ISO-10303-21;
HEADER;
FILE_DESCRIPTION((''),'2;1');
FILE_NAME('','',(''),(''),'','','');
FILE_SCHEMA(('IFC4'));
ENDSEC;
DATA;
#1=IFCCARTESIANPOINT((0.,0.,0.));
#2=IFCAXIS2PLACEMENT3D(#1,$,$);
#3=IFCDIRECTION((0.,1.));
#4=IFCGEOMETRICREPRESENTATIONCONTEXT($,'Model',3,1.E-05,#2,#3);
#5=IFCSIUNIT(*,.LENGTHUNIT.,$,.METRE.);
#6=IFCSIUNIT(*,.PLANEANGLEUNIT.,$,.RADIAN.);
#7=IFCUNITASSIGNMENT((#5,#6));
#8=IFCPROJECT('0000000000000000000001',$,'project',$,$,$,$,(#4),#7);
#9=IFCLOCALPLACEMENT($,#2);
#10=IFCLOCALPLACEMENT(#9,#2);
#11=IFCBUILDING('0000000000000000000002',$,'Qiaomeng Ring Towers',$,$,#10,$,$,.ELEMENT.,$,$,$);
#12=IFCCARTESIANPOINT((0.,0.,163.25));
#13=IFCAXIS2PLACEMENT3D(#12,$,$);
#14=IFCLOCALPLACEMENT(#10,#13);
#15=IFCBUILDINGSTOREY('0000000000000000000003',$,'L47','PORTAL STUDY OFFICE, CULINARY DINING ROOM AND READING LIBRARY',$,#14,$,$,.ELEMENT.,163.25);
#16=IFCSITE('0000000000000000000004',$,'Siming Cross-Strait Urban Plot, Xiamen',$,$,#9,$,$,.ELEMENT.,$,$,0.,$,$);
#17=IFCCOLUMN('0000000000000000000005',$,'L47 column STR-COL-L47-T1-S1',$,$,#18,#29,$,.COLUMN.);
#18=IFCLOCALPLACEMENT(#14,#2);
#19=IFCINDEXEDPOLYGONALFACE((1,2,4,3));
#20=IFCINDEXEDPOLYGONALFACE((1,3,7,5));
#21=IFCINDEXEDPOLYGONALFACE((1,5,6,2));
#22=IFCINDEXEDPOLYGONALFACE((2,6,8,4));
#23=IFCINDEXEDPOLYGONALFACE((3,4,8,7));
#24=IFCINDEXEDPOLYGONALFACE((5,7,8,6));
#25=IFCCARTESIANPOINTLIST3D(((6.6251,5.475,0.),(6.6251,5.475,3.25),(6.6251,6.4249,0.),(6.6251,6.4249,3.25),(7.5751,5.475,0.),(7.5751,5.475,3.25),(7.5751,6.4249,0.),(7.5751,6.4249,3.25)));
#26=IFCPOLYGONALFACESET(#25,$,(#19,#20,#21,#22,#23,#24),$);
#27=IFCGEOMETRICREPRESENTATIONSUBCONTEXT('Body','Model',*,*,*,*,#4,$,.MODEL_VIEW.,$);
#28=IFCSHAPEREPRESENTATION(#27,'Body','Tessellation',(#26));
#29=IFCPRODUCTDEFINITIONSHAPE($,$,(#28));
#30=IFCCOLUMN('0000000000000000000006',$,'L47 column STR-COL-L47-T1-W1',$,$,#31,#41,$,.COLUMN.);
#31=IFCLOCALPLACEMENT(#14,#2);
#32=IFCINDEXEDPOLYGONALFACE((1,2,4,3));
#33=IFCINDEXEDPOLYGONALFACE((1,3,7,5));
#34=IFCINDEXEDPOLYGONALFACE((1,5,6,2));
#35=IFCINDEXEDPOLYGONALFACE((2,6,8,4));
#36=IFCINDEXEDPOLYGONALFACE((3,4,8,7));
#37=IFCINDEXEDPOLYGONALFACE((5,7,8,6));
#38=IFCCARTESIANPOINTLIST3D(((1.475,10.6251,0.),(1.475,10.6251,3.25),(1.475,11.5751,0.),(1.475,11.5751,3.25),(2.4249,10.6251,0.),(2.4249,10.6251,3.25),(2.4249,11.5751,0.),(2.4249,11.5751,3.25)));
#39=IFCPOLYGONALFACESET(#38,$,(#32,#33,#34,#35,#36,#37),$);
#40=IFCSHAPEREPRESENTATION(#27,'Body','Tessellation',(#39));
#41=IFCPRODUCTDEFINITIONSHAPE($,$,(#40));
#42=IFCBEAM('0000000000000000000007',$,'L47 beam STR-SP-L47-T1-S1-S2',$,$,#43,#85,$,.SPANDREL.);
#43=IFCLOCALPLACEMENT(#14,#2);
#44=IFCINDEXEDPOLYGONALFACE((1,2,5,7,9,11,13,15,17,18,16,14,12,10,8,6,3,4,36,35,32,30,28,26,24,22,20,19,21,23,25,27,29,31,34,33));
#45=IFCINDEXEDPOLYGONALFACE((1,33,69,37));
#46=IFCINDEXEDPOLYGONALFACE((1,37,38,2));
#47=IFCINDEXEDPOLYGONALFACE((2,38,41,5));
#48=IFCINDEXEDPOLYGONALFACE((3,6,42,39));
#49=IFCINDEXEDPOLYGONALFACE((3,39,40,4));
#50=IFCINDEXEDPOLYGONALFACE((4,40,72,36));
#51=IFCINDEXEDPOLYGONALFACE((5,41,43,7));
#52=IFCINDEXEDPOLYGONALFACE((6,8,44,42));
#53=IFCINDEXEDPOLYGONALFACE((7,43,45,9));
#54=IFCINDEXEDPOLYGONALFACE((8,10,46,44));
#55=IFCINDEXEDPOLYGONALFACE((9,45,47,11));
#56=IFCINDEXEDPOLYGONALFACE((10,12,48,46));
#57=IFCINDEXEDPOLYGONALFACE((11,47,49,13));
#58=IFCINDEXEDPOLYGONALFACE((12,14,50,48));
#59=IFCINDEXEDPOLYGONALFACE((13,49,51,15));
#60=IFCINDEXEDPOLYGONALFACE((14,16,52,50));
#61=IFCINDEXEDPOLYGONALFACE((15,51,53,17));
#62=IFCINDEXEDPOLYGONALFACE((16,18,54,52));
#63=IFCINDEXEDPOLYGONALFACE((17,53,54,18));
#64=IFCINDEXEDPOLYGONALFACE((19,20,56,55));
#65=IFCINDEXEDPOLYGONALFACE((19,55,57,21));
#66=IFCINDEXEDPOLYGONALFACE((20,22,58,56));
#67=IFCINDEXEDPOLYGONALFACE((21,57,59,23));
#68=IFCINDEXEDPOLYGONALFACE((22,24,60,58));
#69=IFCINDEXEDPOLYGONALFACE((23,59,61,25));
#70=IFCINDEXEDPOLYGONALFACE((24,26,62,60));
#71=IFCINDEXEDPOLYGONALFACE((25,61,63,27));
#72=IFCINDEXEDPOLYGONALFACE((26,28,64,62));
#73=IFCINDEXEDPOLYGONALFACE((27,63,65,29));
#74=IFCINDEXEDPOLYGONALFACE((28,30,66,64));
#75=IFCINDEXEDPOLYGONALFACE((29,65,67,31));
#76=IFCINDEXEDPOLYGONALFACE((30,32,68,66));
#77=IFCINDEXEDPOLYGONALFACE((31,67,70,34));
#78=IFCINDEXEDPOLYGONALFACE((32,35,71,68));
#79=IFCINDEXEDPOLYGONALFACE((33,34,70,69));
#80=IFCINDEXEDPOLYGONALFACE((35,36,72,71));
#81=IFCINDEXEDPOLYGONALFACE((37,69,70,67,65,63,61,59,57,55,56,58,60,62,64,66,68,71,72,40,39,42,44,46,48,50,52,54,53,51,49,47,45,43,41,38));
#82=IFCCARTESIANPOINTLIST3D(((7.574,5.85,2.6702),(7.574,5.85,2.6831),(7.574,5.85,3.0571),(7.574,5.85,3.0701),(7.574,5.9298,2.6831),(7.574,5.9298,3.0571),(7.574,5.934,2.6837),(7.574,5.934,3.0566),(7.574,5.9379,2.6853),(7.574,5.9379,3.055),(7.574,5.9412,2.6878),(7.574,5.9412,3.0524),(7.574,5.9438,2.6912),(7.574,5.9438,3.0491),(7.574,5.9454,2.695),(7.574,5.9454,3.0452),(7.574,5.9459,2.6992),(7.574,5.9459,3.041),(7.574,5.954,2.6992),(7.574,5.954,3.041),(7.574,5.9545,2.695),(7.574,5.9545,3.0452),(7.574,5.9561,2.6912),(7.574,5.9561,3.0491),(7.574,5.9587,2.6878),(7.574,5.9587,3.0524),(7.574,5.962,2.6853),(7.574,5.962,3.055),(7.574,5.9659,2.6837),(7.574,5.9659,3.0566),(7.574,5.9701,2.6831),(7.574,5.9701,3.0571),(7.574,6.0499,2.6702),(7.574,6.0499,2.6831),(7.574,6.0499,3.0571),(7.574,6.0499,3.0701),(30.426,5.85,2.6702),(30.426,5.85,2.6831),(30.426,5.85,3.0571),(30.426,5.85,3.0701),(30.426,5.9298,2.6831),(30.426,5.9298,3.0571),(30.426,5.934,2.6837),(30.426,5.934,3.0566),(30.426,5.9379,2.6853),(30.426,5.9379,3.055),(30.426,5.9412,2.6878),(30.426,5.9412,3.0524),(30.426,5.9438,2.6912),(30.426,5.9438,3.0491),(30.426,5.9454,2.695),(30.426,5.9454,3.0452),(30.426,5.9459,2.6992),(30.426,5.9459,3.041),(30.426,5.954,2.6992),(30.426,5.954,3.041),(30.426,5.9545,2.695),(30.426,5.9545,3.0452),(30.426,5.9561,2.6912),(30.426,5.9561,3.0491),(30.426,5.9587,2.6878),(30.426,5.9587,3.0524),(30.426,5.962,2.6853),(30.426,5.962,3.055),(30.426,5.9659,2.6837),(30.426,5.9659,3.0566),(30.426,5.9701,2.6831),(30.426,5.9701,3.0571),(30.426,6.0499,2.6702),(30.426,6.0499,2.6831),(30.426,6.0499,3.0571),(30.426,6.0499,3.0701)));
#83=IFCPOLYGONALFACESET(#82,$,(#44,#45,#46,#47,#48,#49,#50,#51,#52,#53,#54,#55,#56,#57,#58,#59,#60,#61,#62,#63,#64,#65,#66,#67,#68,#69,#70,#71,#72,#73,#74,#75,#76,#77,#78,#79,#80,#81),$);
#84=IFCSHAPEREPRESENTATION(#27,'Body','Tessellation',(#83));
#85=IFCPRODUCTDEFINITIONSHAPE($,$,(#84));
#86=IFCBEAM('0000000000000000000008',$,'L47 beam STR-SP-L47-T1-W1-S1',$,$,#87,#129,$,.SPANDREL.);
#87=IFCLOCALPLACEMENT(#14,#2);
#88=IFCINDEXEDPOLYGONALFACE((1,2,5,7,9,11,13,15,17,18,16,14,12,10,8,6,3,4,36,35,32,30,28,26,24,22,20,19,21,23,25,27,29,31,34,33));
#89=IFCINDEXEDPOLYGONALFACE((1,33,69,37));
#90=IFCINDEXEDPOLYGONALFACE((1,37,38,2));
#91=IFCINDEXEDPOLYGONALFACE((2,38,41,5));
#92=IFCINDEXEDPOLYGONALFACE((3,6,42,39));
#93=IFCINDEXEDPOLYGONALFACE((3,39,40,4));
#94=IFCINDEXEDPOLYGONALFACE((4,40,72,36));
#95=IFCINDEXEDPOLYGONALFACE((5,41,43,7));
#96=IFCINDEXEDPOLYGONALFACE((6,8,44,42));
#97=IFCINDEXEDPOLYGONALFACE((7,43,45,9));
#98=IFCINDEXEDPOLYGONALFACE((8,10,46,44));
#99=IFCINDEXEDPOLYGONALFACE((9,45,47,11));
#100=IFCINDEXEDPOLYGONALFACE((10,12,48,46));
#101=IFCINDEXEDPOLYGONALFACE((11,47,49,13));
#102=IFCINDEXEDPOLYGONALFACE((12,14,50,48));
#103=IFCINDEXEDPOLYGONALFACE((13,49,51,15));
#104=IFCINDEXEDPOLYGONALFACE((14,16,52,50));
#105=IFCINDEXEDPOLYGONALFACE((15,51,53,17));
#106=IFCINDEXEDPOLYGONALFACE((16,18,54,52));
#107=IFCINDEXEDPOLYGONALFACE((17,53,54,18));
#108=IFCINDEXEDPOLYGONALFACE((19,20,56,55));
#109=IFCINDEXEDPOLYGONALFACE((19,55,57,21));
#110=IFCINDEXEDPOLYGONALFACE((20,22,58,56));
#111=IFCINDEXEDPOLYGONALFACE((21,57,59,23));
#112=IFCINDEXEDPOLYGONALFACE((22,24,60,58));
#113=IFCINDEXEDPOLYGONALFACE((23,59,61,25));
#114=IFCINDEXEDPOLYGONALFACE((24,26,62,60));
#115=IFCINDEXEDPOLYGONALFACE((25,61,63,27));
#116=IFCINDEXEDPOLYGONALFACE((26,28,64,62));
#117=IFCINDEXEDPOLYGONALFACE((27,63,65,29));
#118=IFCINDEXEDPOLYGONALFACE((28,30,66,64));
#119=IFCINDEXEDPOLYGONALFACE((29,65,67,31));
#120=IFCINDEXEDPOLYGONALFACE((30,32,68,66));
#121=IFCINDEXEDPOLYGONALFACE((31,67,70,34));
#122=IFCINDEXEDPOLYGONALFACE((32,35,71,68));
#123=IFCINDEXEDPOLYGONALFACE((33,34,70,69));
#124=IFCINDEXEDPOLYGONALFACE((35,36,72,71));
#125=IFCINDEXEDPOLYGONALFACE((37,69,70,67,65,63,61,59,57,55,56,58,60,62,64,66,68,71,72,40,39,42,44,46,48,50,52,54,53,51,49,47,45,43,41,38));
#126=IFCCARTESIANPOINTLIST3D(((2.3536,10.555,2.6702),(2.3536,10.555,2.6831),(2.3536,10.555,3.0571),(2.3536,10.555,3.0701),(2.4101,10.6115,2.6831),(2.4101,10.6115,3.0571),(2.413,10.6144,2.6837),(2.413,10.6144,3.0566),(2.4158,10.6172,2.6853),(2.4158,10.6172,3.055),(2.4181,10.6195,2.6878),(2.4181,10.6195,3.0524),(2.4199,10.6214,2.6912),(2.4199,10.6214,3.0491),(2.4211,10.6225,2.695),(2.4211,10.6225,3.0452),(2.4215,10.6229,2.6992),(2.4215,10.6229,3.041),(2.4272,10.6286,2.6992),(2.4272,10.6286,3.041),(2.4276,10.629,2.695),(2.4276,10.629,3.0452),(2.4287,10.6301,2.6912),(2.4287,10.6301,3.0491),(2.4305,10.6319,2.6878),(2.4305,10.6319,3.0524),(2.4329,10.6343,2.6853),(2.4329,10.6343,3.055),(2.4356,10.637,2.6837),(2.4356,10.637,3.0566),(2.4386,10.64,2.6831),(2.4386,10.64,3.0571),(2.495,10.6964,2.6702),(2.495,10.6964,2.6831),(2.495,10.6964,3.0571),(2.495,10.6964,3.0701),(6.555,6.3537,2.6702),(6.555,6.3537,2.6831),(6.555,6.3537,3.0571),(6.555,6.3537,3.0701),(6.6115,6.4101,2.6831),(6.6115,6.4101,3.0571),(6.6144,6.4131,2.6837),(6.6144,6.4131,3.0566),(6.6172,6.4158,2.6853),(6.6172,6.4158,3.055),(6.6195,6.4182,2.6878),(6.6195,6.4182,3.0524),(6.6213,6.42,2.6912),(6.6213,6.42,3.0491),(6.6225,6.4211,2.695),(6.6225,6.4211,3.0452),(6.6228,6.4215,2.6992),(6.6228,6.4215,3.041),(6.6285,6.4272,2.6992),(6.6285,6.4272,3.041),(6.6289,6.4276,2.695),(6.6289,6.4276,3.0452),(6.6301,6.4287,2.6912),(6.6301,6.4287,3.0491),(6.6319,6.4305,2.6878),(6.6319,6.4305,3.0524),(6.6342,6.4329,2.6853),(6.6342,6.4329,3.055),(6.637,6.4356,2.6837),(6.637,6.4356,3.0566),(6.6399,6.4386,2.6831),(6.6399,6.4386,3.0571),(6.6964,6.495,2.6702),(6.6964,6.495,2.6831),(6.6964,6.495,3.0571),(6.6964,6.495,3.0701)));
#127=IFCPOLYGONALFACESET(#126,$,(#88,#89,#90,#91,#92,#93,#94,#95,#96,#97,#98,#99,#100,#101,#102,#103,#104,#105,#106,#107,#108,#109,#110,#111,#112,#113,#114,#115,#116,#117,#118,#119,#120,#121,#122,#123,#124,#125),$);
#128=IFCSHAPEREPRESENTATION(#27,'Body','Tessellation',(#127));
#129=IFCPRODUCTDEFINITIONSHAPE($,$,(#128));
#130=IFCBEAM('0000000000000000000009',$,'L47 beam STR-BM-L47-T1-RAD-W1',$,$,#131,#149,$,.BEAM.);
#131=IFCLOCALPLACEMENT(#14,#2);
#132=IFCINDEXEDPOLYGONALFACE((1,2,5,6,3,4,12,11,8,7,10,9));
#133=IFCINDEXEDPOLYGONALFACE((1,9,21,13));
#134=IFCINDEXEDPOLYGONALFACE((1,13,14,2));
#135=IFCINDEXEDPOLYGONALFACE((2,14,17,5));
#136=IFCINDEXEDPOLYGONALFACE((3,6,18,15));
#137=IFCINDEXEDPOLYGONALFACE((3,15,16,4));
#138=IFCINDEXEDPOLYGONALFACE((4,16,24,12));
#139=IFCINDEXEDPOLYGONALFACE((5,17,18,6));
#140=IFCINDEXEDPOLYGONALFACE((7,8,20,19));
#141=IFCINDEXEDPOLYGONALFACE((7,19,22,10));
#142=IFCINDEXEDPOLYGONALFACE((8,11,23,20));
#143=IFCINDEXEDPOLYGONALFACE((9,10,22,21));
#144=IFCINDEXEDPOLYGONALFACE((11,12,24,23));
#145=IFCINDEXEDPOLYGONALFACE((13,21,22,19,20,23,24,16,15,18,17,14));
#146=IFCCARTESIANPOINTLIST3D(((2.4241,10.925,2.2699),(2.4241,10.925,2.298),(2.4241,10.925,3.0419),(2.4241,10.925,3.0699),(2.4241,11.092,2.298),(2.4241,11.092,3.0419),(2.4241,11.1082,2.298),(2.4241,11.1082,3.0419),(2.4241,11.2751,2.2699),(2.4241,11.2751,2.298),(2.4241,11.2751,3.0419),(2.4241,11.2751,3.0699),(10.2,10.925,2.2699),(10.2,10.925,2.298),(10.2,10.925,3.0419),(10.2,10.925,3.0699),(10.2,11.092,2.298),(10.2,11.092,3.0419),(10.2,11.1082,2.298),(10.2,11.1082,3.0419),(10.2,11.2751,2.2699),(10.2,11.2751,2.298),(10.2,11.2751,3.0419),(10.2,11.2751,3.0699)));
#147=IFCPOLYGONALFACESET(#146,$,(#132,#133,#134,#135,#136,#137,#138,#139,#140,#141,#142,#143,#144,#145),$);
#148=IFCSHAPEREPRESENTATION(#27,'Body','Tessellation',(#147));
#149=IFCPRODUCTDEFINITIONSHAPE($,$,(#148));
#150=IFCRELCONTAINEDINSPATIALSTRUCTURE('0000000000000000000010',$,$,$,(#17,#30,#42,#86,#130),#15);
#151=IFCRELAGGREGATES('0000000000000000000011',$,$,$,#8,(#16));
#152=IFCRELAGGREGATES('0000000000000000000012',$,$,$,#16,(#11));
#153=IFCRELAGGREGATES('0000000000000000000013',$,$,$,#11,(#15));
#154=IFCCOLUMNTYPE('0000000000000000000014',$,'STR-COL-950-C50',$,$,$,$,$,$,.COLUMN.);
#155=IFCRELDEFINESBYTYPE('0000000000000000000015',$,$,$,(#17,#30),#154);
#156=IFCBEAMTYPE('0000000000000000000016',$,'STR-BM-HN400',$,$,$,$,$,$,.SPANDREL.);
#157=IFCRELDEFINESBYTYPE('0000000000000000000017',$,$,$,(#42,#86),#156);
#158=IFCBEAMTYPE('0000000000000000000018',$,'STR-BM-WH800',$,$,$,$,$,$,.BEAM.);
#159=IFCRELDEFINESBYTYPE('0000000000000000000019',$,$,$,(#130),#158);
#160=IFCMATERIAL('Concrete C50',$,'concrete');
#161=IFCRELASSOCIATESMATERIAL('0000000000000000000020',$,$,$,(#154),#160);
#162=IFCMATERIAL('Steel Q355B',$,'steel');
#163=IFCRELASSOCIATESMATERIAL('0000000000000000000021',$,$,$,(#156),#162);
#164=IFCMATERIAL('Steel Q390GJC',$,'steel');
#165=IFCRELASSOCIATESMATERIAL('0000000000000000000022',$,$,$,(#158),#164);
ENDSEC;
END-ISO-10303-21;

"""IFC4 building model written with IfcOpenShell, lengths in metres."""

from ifc_helpers import new_model, si_unit, direction, frame, origin, origin_2d, place, context, subcontext, project, spatial, rectangle, i_section, extrude, source, transform, mapped, material, material_profile, profile_set, type_object, element, save


model = new_model("IFC4")

# Units and contexts
model_context = context("Model", 3, precision=1e-05, world=origin(), true_north=direction((0.0, 1.0)))
body_context = subcontext(model_context, "Body", "Model", "MODEL_VIEW")
ifc_project = project(units=[si_unit("LENGTHUNIT", "METRE"), si_unit("PLANEANGLEUNIT", "RADIAN")], contexts=[model_context])

# Site, building, storey
site_placement = place(None, origin())
site = spatial("IfcSite", under=ifc_project, at=site_placement, Name="Siming Cross-Strait Urban Plot, Xiamen", CompositionType="ELEMENT", RefElevation=0.0)
building_placement = place(site_placement, origin())
building = spatial("IfcBuilding", under=site, at=building_placement, Name="Qiaomeng Ring Towers", CompositionType="ELEMENT")
storey_placement = place(building_placement, frame((0.0, 0.0, 163.25)))
storey = spatial("IfcBuildingStorey", under=building, at=storey_placement, Name="L47", Description="PORTAL STUDY OFFICE, CULINARY DINING ROOM AND READING LIBRARY", CompositionType="ELEMENT", Elevation=163.25)

# Columns
ifc_material_1 = material(Name="Concrete C50", Category="concrete")
ifc_material_profile_1 = material_profile(ifc_material_1, rectangle(XDim=0.95, YDim=0.95, at=origin_2d()), Name="RC COL 950x950")
ifc_profile_set_1 = profile_set([ifc_material_profile_1], Name="Concrete C50")
column_type = type_object("IfcColumnType", Name="STR-COL-950-C50", PredefinedType="COLUMN", material=ifc_profile_set_1)
shared_shape_1 = source(origin(), body_context, "Body", "SweptSolid", [
    extrude(rectangle(XDim=0.95, YDim=0.95, at=origin_2d()), origin(), (0.0, 0.0, 1.0), 3.25),
])
for number, where, z_axis, x_axis, name in (
    (1, (7.1001, 5.95, 0.0), (0.0, 0.0, 1.0), (1.0, 0.0, 0.0), "L47 column STR-COL-L47-T1-S1"),
    (2, (1.95, 11.1001, 0.0), (0.0, 0.0, 1.0), (1.0, 0.0, 0.0), "L47 column STR-COL-L47-T1-W1"),
):
    element("IfcColumn", number, at=place(storey_placement, frame(where, z_axis=z_axis, x_axis=x_axis)), inside=storey, type_object=column_type, Name=name, PredefinedType="COLUMN", context=body_context, shape_type="MappedRepresentation", body=[
        mapped(shared_shape_1, transform((0.0, 0.0, 0.0), x_axis=(1.0, 0.0, 0.0), y_axis=(0.0, 1.0, 0.0), z_axis=(0.0, 0.0, 1.0), scale=1.0)),
    ])

# Beams
ifc_material_2 = material(Name="Steel Q355B", Category="steel")
ifc_material_profile_2 = material_profile(ifc_material_2, i_section(OverallWidth=0.2, OverallDepth=0.3999, WebThickness=0.0081, FlangeThickness=0.0129, FilletRadius=0.0161, at=origin_2d()), Name="HN 400x200x8x13")
ifc_profile_set_2 = profile_set([ifc_material_profile_2], Name="Steel Q355B")
beam_type_1 = type_object("IfcBeamType", Name="STR-BM-HN400", PredefinedType="SPANDREL", material=ifc_profile_set_2)
shared_shape_2 = source(origin(), body_context, "Body", "SweptSolid", [
    extrude(i_section(OverallWidth=0.2, OverallDepth=0.3999, WebThickness=0.0081, FlangeThickness=0.0129, FilletRadius=0.0161, at=origin_2d()), origin(), (0.0, 0.0, 1.0), 22.8521),
])
beam_1_placement = place(storey_placement, frame((7.574, 5.95, 2.8701), z_axis=(1.0, 0.0, 0.0), x_axis=(0.0, 1.0, 0.0)))
element("IfcBeam", 3, at=beam_1_placement, inside=storey, type_object=beam_type_1, Name="L47 beam STR-SP-L47-T1-S1-S2", PredefinedType="SPANDREL", context=body_context, shape_type="MappedRepresentation", body=[
    mapped(shared_shape_2, transform((0.0, 0.0, 0.0), x_axis=(1.0, 0.0, 0.0), y_axis=(0.0, 1.0, 0.0), z_axis=(0.0, 0.0, 1.0), scale=1.0)),
])
shared_shape_3 = source(origin(), body_context, "Body", "SweptSolid", [
    extrude(i_section(OverallWidth=0.2, OverallDepth=0.3999, WebThickness=0.0081, FlangeThickness=0.0129, FilletRadius=0.0161, at=origin_2d()), origin(), (0.0, 0.0, 1.0), 5.9417),
])
beam_2_placement = place(storey_placement, frame((2.4243, 10.6257, 2.8701), z_axis=(0.707107, -0.707107, 0.0), x_axis=(0.707107, 0.707107, 0.0)))
element("IfcBeam", 4, at=beam_2_placement, inside=storey, type_object=beam_type_1, Name="L47 beam STR-SP-L47-T1-W1-S1", PredefinedType="SPANDREL", context=body_context, shape_type="MappedRepresentation", body=[
    mapped(shared_shape_3, transform((0.0, 0.0, 0.0), x_axis=(1.0, 0.0, 0.0), y_axis=(0.0, 1.0, 0.0), z_axis=(0.0, 0.0, 1.0), scale=1.0)),
])
ifc_material_3 = material(Name="Steel Q390GJC", Category="steel")
ifc_material_profile_3 = material_profile(ifc_material_3, i_section(OverallWidth=0.3501, OverallDepth=0.8, WebThickness=0.0161, FlangeThickness=0.0281, at=origin_2d()), Name="WH 800x350x16x28")
ifc_profile_set_3 = profile_set([ifc_material_profile_3], Name="Steel Q390GJC")
beam_type_2 = type_object("IfcBeamType", Name="STR-BM-WH800", PredefinedType="BEAM", material=ifc_profile_set_3)
shared_shape_4 = source(origin(), body_context, "Body", "SweptSolid", [
    extrude(i_section(OverallWidth=0.3501, OverallDepth=0.8, WebThickness=0.0161, FlangeThickness=0.0281, at=origin_2d()), origin(), (0.0, 0.0, 1.0), 7.7759),
])
beam_3_placement = place(storey_placement, frame((2.4241, 11.1001, 2.6699), z_axis=(1.0, 0.0, 0.0), x_axis=(0.0, 1.0, 0.0)))
element("IfcBeam", 5, at=beam_3_placement, inside=storey, type_object=beam_type_2, Name="L47 beam STR-BM-L47-T1-RAD-W1", PredefinedType="BEAM", context=body_context, shape_type="MappedRepresentation", body=[
    mapped(shared_shape_4, transform((0.0, 0.0, 0.0), x_axis=(1.0, 0.0, 0.0), y_axis=(0.0, 1.0, 0.0), z_axis=(0.0, 0.0, 1.0), scale=1.0)),
])

save(model, "model.ifc")
